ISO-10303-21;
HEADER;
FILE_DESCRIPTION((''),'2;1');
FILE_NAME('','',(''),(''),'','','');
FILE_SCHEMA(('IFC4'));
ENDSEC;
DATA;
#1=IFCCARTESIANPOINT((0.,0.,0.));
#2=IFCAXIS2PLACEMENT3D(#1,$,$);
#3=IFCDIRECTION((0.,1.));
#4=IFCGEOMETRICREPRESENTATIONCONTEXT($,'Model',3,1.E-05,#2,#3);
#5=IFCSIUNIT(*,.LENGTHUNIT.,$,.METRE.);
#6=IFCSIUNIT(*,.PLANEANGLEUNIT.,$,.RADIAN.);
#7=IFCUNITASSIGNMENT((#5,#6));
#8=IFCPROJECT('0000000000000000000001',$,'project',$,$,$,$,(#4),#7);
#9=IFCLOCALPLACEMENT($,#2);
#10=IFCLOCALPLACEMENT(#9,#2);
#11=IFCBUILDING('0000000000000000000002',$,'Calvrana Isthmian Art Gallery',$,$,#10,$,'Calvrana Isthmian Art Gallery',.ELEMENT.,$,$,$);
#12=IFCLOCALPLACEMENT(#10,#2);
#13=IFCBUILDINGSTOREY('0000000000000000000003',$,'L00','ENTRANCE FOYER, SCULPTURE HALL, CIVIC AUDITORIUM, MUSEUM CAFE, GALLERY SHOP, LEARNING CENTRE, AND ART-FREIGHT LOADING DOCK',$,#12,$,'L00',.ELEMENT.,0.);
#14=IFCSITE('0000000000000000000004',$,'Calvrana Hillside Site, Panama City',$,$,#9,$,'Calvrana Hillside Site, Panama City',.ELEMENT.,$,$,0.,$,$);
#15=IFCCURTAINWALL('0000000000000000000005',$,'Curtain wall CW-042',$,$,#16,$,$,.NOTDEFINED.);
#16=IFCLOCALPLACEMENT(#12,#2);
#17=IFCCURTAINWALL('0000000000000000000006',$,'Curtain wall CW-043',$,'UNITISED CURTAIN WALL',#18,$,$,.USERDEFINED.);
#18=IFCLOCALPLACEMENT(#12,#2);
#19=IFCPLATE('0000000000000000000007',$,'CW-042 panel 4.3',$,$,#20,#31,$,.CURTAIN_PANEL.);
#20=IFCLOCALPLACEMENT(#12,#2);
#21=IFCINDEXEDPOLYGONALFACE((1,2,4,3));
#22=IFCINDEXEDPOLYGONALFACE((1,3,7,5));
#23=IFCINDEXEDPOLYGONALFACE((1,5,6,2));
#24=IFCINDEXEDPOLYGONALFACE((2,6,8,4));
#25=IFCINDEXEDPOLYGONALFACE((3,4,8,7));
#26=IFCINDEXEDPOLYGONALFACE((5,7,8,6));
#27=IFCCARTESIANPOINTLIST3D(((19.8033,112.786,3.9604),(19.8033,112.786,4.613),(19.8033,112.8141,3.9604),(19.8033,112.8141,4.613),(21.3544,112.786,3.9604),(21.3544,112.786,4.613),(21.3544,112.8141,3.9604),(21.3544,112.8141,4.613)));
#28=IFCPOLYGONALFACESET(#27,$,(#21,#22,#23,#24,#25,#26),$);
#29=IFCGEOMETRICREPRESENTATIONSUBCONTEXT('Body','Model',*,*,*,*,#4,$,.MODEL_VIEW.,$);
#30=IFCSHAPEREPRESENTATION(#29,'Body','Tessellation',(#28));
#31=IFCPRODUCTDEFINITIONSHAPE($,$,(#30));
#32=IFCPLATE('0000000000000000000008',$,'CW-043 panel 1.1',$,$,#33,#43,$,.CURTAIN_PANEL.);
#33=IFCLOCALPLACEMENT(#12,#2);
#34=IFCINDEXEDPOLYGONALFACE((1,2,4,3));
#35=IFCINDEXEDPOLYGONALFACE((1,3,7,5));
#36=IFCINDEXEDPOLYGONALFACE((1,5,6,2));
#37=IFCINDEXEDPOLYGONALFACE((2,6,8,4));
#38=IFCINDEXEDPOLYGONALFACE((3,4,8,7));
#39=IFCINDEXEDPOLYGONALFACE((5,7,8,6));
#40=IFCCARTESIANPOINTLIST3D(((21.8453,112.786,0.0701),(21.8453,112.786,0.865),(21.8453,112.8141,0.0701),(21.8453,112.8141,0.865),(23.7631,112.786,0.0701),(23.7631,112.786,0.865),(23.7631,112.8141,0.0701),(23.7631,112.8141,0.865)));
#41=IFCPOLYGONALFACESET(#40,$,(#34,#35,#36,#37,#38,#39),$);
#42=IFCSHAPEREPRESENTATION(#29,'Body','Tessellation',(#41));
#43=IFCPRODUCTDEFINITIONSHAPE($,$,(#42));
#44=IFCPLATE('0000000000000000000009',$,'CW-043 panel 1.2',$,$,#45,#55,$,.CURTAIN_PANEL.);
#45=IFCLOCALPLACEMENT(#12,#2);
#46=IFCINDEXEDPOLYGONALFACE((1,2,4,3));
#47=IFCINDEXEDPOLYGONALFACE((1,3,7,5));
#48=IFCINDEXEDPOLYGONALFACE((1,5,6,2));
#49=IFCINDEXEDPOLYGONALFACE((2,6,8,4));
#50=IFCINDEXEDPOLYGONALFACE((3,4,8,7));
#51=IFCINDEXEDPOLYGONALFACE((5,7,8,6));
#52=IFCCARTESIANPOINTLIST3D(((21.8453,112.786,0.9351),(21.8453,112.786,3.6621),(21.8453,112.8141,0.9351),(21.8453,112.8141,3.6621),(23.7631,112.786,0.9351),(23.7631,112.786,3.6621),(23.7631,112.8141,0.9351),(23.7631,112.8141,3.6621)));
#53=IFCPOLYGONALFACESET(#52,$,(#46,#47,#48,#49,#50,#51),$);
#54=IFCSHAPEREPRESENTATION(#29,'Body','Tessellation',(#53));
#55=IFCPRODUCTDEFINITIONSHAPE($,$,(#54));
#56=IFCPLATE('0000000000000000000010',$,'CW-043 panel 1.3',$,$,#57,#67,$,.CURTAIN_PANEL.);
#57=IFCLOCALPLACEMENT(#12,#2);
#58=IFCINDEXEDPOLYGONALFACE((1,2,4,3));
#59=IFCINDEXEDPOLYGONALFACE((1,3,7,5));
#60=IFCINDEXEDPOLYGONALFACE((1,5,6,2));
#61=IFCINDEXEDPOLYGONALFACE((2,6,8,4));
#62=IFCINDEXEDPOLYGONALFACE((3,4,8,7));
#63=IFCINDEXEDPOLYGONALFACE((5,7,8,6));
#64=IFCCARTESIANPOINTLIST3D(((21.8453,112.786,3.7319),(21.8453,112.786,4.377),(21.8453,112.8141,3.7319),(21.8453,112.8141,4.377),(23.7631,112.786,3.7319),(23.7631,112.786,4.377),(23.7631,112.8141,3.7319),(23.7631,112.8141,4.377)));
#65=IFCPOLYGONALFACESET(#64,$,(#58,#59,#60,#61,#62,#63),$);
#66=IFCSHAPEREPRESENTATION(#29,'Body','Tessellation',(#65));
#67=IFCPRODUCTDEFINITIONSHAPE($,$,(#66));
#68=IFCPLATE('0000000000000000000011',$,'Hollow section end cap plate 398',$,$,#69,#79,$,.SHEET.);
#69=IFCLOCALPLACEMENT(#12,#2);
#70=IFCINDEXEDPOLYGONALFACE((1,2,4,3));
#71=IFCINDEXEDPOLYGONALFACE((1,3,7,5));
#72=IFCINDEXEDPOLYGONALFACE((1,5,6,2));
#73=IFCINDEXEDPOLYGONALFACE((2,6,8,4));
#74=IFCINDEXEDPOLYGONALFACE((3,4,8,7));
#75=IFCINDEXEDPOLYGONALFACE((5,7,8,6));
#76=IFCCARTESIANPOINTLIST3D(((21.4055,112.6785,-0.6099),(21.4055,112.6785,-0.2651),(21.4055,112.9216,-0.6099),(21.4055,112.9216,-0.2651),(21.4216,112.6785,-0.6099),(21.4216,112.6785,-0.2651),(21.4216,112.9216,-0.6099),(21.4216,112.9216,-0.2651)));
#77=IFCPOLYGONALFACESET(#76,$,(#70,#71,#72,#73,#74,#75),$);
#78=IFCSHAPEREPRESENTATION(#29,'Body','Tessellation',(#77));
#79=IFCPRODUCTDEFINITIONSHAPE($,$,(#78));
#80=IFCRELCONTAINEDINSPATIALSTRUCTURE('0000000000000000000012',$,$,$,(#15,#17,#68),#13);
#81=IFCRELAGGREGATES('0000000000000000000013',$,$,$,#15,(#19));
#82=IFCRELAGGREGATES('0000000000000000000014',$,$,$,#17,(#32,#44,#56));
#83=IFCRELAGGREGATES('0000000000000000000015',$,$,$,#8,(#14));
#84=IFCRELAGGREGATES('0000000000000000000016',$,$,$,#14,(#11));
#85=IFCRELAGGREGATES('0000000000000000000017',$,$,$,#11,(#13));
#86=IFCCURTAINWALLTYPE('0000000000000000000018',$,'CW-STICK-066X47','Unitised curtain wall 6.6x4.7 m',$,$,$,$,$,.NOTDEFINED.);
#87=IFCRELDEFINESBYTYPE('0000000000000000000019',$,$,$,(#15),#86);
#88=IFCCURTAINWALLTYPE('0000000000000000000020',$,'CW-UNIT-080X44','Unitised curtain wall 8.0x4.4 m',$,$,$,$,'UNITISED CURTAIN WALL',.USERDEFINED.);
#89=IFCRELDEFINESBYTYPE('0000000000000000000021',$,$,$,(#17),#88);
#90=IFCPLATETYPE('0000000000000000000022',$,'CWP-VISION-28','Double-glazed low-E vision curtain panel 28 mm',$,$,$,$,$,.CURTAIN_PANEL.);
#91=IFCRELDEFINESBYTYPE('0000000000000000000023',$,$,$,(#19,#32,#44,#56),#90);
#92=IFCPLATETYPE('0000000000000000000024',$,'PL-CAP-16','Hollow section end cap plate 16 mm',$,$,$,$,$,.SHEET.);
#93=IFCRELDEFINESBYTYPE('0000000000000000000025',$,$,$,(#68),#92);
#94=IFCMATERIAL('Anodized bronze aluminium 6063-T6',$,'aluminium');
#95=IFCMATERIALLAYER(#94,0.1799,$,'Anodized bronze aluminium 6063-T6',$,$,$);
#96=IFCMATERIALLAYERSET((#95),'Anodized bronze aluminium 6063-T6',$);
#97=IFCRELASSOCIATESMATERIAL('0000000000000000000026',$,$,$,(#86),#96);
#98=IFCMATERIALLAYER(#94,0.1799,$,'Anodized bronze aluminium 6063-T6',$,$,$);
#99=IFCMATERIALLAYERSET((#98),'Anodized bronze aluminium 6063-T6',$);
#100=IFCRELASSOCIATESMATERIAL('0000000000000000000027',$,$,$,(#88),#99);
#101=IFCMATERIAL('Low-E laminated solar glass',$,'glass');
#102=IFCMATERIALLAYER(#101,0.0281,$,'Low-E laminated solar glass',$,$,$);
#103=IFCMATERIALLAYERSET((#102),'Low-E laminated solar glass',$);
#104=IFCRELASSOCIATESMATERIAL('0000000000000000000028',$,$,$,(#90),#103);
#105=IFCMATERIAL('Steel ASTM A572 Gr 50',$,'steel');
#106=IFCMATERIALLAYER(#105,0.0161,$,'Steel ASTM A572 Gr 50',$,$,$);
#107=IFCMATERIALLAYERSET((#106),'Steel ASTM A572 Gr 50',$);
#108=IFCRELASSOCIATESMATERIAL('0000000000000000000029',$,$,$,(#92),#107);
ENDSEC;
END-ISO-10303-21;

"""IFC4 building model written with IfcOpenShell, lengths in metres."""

from ifc_helpers import new_model, si_unit, direction, frame, origin, origin_2d, place, context, subcontext, project, spatial, rectangle, extrude, material, layer, layer_set, type_object, element, aggregate, save


model = new_model("IFC4")

# Units and contexts
model_context = context("Model", 3, precision=1e-05, world=origin(), true_north=direction((0.0, 1.0)))
body_context = subcontext(model_context, "Body", "Model", "MODEL_VIEW")
ifc_project = project(units=[si_unit("LENGTHUNIT", "METRE"), si_unit("PLANEANGLEUNIT", "RADIAN")], contexts=[model_context])

# Site, building, storey
site_placement = place(None, origin())
site = spatial("IfcSite", under=ifc_project, at=site_placement, Name="Calvrana Hillside Site, Panama City", LongName="Calvrana Hillside Site, Panama City", CompositionType="ELEMENT", RefElevation=0.0)
building_placement = place(site_placement, origin())
building = spatial("IfcBuilding", under=site, at=building_placement, Name="Calvrana Isthmian Art Gallery", LongName="Calvrana Isthmian Art Gallery", CompositionType="ELEMENT")
storey_placement = place(building_placement, origin())
storey = spatial("IfcBuildingStorey", under=building, at=storey_placement, Name="L00", Description="ENTRANCE FOYER, SCULPTURE HALL, CIVIC AUDITORIUM, MUSEUM CAFE, GALLERY SHOP, LEARNING CENTRE, AND ART-FREIGHT LOADING DOCK", LongName="L00", CompositionType="ELEMENT", Elevation=0.0)

# Curtain wall
ifc_material_1 = material(Name="Anodized bronze aluminium 6063-T6", Category="aluminium")
ifc_layer_1 = layer(ifc_material_1, 0.1799, Name="Anodized bronze aluminium 6063-T6")
ifc_layer_set_1 = layer_set([ifc_layer_1], Name="Anodized bronze aluminium 6063-T6")
curtain_wall_type_1 = type_object("IfcCurtainWallType", Name="CW-STICK-066X47", Description="Unitised curtain wall 6.6x4.7 m", PredefinedType="NOTDEFINED", material=ifc_layer_set_1)
curtain_wall_1_placement = place(storey_placement, origin())
curtain_wall_1 = element("IfcCurtainWall", 1, at=curtain_wall_1_placement, inside=storey, type_object=curtain_wall_type_1, Name="Curtain wall CW-042", PredefinedType="NOTDEFINED")

# Curtain wall
ifc_layer_2 = layer(ifc_material_1, 0.1799, Name="Anodized bronze aluminium 6063-T6")
ifc_layer_set_2 = layer_set([ifc_layer_2], Name="Anodized bronze aluminium 6063-T6")
curtain_wall_type_2 = type_object("IfcCurtainWallType", Name="CW-UNIT-080X44", Description="Unitised curtain wall 8.0x4.4 m", ElementType="UNITISED CURTAIN WALL", PredefinedType="USERDEFINED", material=ifc_layer_set_2)
curtain_wall_2_placement = place(storey_placement, origin())
curtain_wall_2 = element("IfcCurtainWall", 2, at=curtain_wall_2_placement, inside=storey, type_object=curtain_wall_type_2, Name="Curtain wall CW-043", ObjectType="UNITISED CURTAIN WALL", PredefinedType="USERDEFINED")

# Plates
ifc_material_2 = material(Name="Low-E laminated solar glass", Category="glass")
ifc_layer_3 = layer(ifc_material_2, 0.0281, Name="Low-E laminated solar glass")
ifc_layer_set_3 = layer_set([ifc_layer_3], Name="Low-E laminated solar glass")
plate_type_1 = type_object("IfcPlateType", Name="CWP-VISION-28", Description="Double-glazed low-E vision curtain panel 28 mm", PredefinedType="CURTAIN_PANEL", material=ifc_layer_set_3)
plate_1_placement = place(storey_placement, frame((20.5789, 112.8, 3.9604), z_axis=(0.0, 0.0, 1.0), x_axis=(1.0, 0.0, 0.0)))
plate_1 = element("IfcPlate", 3, at=plate_1_placement, type_object=plate_type_1, Name="CW-042 panel 4.3", PredefinedType="CURTAIN_PANEL", context=body_context, shape_type="SweptSolid", body=[
    extrude(rectangle(XDim=1.551, YDim=0.0281, at=origin_2d()), origin(), (0.0, 0.0, 1.0), 0.6526),
])
aggregate(curtain_wall_1, [plate_1])
plate_2_placement = place(storey_placement, frame((22.8042, 112.8, 0.0701), z_axis=(0.0, 0.0, 1.0), x_axis=(1.0, 0.0, 0.0)))
plate_2 = element("IfcPlate", 4, at=plate_2_placement, type_object=plate_type_1, Name="CW-043 panel 1.1", PredefinedType="CURTAIN_PANEL", context=body_context, shape_type="SweptSolid", body=[
    extrude(rectangle(XDim=1.9177, YDim=0.0281, at=origin_2d()), origin(), (0.0, 0.0, 1.0), 0.7949),
])
plate_3_placement = place(storey_placement, frame((22.8042, 112.8, 0.9351), z_axis=(0.0, 0.0, 1.0), x_axis=(1.0, 0.0, 0.0)))
plate_3 = element("IfcPlate", 5, at=plate_3_placement, type_object=plate_type_1, Name="CW-043 panel 1.2", PredefinedType="CURTAIN_PANEL", context=body_context, shape_type="SweptSolid", body=[
    extrude(rectangle(XDim=1.9177, YDim=0.0281, at=origin_2d()), origin(), (0.0, 0.0, 1.0), 2.7271),
])
plate_4_placement = place(storey_placement, frame((22.8042, 112.8, 3.7319), z_axis=(0.0, 0.0, 1.0), x_axis=(1.0, 0.0, 0.0)))
plate_4 = element("IfcPlate", 6, at=plate_4_placement, type_object=plate_type_1, Name="CW-043 panel 1.3", PredefinedType="CURTAIN_PANEL", context=body_context, shape_type="SweptSolid", body=[
    extrude(rectangle(XDim=1.9177, YDim=0.0281, at=origin_2d()), origin(), (0.0, 0.0, 1.0), 0.645),
])
aggregate(curtain_wall_2, [plate_2, plate_3, plate_4])
ifc_material_3 = material(Name="Steel ASTM A572 Gr 50", Category="steel")
ifc_layer_4 = layer(ifc_material_3, 0.0161, Name="Steel ASTM A572 Gr 50")
ifc_layer_set_4 = layer_set([ifc_layer_4], Name="Steel ASTM A572 Gr 50")
plate_type_2 = type_object("IfcPlateType", Name="PL-CAP-16", Description="Hollow section end cap plate 16 mm", PredefinedType="SHEET", material=ifc_layer_set_4)
plate_5_placement = place(storey_placement, frame((21.4136, 112.8, -0.6099), z_axis=(0.0, 0.0, 1.0), x_axis=(1.0, 0.0, 0.0)))
element("IfcPlate", 7, at=plate_5_placement, inside=storey, type_object=plate_type_2, Name="Hollow section end cap plate 398", PredefinedType="SHEET", context=body_context, shape_type="SweptSolid", body=[
    extrude(rectangle(XDim=0.0161, YDim=0.2432, at=origin_2d()), origin(), (0.0, 0.0, 1.0), 0.3447),
])

save(model, "model.ifc")
